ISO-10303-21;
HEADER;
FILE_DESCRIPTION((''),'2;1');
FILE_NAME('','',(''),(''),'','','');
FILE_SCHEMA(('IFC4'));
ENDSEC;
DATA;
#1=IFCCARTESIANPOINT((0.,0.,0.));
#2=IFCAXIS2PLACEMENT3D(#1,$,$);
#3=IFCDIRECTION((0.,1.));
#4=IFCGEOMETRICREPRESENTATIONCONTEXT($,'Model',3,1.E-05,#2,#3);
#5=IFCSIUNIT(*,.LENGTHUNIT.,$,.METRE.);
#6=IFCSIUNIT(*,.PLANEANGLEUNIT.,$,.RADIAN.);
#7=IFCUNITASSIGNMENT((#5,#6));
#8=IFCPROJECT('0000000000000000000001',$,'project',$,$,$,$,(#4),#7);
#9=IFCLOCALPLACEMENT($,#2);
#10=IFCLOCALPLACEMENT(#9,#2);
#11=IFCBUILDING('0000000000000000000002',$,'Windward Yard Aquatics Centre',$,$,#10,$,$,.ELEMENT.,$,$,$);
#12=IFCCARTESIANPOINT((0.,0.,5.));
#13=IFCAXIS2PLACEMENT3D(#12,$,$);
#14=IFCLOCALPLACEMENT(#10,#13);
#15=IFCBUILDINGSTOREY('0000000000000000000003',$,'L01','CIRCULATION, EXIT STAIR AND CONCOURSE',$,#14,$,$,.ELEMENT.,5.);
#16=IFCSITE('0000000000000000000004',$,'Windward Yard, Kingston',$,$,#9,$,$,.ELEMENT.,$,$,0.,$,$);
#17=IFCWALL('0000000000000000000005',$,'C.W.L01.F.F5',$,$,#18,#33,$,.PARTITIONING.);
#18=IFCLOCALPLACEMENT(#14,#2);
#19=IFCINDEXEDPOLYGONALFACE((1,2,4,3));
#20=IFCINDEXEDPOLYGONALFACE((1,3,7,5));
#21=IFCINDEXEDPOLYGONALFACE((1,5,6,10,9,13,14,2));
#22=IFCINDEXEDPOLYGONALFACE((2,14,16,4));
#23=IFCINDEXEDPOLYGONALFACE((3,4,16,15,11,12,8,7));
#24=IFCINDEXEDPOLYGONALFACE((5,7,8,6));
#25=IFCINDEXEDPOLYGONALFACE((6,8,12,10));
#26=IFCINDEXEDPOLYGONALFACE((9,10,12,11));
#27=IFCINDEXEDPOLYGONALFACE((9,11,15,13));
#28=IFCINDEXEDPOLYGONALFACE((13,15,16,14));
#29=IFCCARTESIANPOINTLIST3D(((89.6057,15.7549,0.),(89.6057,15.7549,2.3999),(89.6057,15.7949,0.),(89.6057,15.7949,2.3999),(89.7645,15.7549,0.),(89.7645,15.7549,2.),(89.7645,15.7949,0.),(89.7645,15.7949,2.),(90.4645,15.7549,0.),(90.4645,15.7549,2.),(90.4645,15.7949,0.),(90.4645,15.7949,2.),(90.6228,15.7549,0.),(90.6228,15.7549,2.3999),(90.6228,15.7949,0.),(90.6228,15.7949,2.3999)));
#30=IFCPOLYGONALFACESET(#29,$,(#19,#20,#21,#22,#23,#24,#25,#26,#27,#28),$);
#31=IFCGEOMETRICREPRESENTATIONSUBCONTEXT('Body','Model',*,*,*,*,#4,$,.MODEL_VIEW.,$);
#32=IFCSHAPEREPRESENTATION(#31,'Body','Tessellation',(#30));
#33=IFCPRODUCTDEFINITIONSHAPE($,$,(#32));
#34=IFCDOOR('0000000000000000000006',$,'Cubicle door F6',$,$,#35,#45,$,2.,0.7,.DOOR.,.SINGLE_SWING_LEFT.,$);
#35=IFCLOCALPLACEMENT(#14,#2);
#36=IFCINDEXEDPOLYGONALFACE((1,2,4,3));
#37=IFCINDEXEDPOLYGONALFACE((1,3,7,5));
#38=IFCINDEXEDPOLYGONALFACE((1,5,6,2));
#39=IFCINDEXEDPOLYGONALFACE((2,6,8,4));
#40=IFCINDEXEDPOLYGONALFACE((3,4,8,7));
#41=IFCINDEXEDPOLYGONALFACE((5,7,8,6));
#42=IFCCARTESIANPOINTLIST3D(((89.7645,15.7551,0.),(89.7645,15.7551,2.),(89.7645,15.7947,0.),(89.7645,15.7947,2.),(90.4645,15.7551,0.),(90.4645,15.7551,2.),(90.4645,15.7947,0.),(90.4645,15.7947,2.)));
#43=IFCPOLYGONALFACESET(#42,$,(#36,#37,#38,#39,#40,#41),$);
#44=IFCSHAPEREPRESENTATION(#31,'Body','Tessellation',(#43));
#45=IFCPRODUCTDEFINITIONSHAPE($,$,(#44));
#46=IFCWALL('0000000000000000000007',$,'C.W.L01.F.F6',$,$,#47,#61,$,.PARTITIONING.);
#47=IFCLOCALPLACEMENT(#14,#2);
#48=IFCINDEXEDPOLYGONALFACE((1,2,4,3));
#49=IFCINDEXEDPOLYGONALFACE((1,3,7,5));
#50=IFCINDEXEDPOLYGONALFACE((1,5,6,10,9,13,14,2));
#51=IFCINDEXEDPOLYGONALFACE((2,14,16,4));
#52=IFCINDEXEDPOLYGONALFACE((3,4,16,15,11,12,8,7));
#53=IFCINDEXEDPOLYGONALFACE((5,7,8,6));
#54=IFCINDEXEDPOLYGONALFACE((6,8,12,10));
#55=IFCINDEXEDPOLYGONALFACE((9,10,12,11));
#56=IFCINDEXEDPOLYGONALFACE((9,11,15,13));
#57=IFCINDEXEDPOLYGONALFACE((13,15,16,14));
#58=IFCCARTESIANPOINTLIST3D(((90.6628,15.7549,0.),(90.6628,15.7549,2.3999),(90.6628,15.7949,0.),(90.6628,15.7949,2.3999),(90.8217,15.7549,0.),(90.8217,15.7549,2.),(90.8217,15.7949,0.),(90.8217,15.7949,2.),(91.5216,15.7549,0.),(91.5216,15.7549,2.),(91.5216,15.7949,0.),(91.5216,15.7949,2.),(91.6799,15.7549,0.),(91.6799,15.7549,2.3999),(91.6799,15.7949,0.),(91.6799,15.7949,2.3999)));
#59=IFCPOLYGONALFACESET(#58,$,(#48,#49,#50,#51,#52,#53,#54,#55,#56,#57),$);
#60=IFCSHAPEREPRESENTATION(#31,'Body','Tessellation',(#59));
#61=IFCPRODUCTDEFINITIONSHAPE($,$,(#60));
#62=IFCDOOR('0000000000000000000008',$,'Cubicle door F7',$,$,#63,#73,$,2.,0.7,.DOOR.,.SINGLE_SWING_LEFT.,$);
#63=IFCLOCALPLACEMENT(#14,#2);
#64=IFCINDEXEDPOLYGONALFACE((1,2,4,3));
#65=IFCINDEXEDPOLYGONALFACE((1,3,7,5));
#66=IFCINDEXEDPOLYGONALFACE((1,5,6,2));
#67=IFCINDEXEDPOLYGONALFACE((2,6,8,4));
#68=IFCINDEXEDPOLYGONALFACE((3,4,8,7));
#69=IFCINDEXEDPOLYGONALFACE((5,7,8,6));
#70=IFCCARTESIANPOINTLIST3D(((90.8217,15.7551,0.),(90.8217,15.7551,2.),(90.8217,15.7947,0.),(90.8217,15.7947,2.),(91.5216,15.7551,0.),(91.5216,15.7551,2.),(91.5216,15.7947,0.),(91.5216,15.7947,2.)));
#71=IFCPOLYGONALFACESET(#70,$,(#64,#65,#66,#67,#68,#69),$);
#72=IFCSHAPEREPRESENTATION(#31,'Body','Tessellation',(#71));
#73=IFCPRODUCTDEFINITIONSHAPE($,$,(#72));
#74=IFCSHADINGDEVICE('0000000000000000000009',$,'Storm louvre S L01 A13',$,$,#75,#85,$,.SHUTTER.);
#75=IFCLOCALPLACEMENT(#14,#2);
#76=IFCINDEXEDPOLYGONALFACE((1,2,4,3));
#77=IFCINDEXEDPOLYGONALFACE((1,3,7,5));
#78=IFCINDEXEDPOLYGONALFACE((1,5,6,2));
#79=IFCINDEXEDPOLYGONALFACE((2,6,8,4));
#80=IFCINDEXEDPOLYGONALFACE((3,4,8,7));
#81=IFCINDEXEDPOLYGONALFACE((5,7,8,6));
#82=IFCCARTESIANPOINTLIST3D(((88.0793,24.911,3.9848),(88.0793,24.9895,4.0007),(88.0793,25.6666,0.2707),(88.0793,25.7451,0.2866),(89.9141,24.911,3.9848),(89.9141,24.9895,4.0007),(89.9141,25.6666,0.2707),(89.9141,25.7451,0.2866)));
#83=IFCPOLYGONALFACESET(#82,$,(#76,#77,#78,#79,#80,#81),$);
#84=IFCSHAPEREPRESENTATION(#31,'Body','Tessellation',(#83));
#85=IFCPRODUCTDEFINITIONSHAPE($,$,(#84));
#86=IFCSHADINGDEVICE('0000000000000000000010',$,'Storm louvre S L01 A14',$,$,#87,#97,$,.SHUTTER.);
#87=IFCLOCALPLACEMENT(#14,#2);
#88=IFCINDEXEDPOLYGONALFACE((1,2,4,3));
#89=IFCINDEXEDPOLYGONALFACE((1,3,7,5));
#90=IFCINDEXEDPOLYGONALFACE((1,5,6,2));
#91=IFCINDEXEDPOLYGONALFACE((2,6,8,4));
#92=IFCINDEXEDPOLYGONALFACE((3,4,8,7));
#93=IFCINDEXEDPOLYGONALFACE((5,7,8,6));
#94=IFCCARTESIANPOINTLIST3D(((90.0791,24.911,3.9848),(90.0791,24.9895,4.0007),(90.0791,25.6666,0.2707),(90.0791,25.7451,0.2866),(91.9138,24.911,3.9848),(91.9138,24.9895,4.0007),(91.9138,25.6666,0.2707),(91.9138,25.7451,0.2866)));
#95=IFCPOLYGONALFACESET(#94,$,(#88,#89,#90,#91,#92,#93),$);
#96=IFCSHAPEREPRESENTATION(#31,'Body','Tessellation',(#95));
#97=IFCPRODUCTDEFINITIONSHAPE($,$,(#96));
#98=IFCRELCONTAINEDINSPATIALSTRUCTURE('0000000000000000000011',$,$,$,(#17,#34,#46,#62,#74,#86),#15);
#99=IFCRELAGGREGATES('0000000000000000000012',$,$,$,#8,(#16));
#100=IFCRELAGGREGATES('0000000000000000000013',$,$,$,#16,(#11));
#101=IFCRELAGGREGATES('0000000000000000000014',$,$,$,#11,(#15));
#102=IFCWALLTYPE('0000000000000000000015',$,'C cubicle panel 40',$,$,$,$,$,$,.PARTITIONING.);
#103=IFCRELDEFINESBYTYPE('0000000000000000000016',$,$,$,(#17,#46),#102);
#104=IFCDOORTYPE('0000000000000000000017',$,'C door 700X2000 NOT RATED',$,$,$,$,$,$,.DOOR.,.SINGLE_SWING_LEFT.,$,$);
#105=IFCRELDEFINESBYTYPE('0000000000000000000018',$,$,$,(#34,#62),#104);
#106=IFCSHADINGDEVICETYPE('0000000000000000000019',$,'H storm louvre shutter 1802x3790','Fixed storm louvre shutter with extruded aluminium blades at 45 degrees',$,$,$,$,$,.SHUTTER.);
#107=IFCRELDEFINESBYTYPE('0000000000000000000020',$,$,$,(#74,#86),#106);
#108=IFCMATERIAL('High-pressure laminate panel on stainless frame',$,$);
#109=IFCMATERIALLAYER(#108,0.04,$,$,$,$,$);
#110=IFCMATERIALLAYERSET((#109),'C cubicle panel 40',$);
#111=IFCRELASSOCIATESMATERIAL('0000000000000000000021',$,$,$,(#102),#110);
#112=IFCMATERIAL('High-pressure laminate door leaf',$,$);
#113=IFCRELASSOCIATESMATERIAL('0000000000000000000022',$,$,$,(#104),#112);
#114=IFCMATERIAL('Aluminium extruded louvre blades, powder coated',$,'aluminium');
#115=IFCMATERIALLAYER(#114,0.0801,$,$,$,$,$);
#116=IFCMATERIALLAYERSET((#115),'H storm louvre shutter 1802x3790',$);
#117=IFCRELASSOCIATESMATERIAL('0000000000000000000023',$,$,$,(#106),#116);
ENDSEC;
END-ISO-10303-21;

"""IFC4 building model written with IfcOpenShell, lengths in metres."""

from ifc_helpers import new_model, si_unit, direction, frame, frame_2d, origin, place, context, subcontext, project, spatial, polyline, rectangle, outline, extrude, material, layer, layer_set, type_object, element, fill, save


model = new_model("IFC4")

# Units and contexts
model_context = context("Model", 3, precision=1e-05, world=origin(), true_north=direction((0.0, 1.0)))
body_context = subcontext(model_context, "Body", "Model", "MODEL_VIEW")
ifc_project = project(units=[si_unit("LENGTHUNIT", "METRE"), si_unit("PLANEANGLEUNIT", "RADIAN")], contexts=[model_context])

# Site, building, storey
site_placement = place(None, origin())
site = spatial("IfcSite", under=ifc_project, at=site_placement, Name="Windward Yard, Kingston", CompositionType="ELEMENT", RefElevation=0.0)
building_placement = place(site_placement, origin())
building = spatial("IfcBuilding", under=site, at=building_placement, Name="Windward Yard Aquatics Centre", CompositionType="ELEMENT")
storey_placement = place(building_placement, frame((0.0, 0.0, 5.0)))
storey = spatial("IfcBuildingStorey", under=building, at=storey_placement, Name="L01", Description="CIRCULATION, EXIT STAIR AND CONCOURSE", CompositionType="ELEMENT", Elevation=5.0)

# Walls, openings, doors
ifc_material_1 = material(Name="High-pressure laminate panel on stainless frame")
ifc_layer_1 = layer(ifc_material_1, 0.04)
ifc_layer_set_1 = layer_set([ifc_layer_1], Name="C cubicle panel 40")
wall_type = type_object("IfcWallType", Name="C cubicle panel 40", PredefinedType="PARTITIONING", material=ifc_layer_set_1)
ifc_material_2 = material(Name="High-pressure laminate door leaf")
door_type = type_object("IfcDoorType", Name="C door 700X2000 NOT RATED", OperationType="SINGLE_SWING_LEFT", PredefinedType="DOOR", material=ifc_material_2)
wall_1_placement = place(storey_placement, frame((89.6057, 15.7749, 0.0), z_axis=(0.0, 0.0, 1.0), x_axis=(1.0, 0.0, 0.0)))
wall_1 = element("IfcWall", 1, at=wall_1_placement, inside=storey, type_object=wall_type, Name="C.W.L01.F.F5", PredefinedType="PARTITIONING", context=body_context, shape_type="SweptSolid", body=[
    extrude(rectangle(XDim=1.0171, YDim=0.04, at=frame_2d((0.5085, 0.0))), origin(), (0.0, 0.0, 1.0), 2.3999),
])
opening_1_placement = place(wall_1_placement, frame((0.1587, 0.0, 0.0)))
opening_1 = element("IfcOpeningElement", 2, at=opening_1_placement, cuts=wall_1, PredefinedType="OPENING", context=body_context, shape_type="SweptSolid", body=[
    extrude(rectangle(XDim=0.7, YDim=2.0, at=frame_2d((0.3501, 1.0))), frame((0.0, 0.03, 0.0), z_axis=(0.0, -1.0, 0.0), x_axis=(1.0, 0.0, 0.0)), (0.0, 0.0, 1.0), 0.0601),
])
door_1_placement = place(opening_1_placement, origin())
door_1 = element("IfcDoor", 3, at=door_1_placement, inside=storey, type_object=door_type, Name="Cubicle door F6", OperationType="SINGLE_SWING_LEFT", OverallHeight=2.0, OverallWidth=0.7, PredefinedType="DOOR", context=body_context, shape_type="SweptSolid", body=[
    extrude(rectangle(XDim=0.7, YDim=2.0, at=frame_2d((0.3501, 1.0))), frame((0.0, 0.0198, 0.0), z_axis=(0.0, -1.0, 0.0), x_axis=(1.0, 0.0, 0.0)), (0.0, 0.0, 1.0), 0.0396),
])
fill(opening_1, door_1)
wall_2_placement = place(storey_placement, frame((90.6628, 15.7749, 0.0), z_axis=(0.0, 0.0, 1.0), x_axis=(1.0, 0.0, 0.0)))
wall_2 = element("IfcWall", 4, at=wall_2_placement, inside=storey, type_object=wall_type, Name="C.W.L01.F.F6", PredefinedType="PARTITIONING", context=body_context, shape_type="SweptSolid", body=[
    extrude(rectangle(XDim=1.0171, YDim=0.04, at=frame_2d((0.5085, 0.0))), origin(), (0.0, 0.0, 1.0), 2.3999),
])
opening_2_placement = place(wall_2_placement, frame((0.1587, 0.0, 0.0)))
opening_2 = element("IfcOpeningElement", 5, at=opening_2_placement, cuts=wall_2, PredefinedType="OPENING", context=body_context, shape_type="SweptSolid", body=[
    extrude(rectangle(XDim=0.7, YDim=2.0, at=frame_2d((0.3501, 1.0))), frame((0.0, 0.03, 0.0), z_axis=(0.0, -1.0, 0.0), x_axis=(1.0, 0.0, 0.0)), (0.0, 0.0, 1.0), 0.0601),
])
door_2_placement = place(opening_2_placement, origin())
door_2 = element("IfcDoor", 6, at=door_2_placement, inside=storey, type_object=door_type, Name="Cubicle door F7", OperationType="SINGLE_SWING_LEFT", OverallHeight=2.0, OverallWidth=0.7, PredefinedType="DOOR", context=body_context, shape_type="SweptSolid", body=[
    extrude(rectangle(XDim=0.7, YDim=2.0, at=frame_2d((0.3501, 1.0))), frame((0.0, 0.0198, 0.0), z_axis=(0.0, -1.0, 0.0), x_axis=(1.0, 0.0, 0.0)), (0.0, 0.0, 1.0), 0.0396),
])
fill(opening_2, door_2)

# Shading devices
ifc_material_3 = material(Name="Aluminium extruded louvre blades, powder coated", Category="aluminium")
ifc_layer_2 = layer(ifc_material_3, 0.0801)
ifc_layer_set_2 = layer_set([ifc_layer_2], Name="H storm louvre shutter 1802x3790")
shading_device_type = type_object("IfcShadingDeviceType", Name="H storm louvre shutter 1802x3790", Description="Fixed storm louvre shutter with extruded aluminium blades at 45 degrees", PredefinedType="SHUTTER", material=ifc_layer_set_2)
for number, where, z_axis, x_axis, name in (
    (7, (88.0793, 24.9895, 4.0007), (0.0, 0.979926, 0.199361), (0.0, 0.199361, -0.979926), "Storm louvre S L01 A13"),
    (8, (90.0791, 24.9895, 4.0007), (0.0, 0.979926, 0.199361), (0.0, 0.199361, -0.979926), "Storm louvre S L01 A14"),
):
    element("IfcShadingDevice", number, at=place(storey_placement, frame(where, z_axis=z_axis, x_axis=x_axis)), inside=storey, type_object=shading_device_type, Name=name, PredefinedType="SHUTTER", context=body_context, shape_type="SweptSolid", body=[
        extrude(outline(polyline([(0.0, 0.0), (3.7902, 0.0), (3.7902, -1.8347), (0.0, -1.8347), (0.0, 0.0)])), origin(), (0.0, 0.0, -1.0), 0.0801),
    ])

save(model, "model.ifc")
